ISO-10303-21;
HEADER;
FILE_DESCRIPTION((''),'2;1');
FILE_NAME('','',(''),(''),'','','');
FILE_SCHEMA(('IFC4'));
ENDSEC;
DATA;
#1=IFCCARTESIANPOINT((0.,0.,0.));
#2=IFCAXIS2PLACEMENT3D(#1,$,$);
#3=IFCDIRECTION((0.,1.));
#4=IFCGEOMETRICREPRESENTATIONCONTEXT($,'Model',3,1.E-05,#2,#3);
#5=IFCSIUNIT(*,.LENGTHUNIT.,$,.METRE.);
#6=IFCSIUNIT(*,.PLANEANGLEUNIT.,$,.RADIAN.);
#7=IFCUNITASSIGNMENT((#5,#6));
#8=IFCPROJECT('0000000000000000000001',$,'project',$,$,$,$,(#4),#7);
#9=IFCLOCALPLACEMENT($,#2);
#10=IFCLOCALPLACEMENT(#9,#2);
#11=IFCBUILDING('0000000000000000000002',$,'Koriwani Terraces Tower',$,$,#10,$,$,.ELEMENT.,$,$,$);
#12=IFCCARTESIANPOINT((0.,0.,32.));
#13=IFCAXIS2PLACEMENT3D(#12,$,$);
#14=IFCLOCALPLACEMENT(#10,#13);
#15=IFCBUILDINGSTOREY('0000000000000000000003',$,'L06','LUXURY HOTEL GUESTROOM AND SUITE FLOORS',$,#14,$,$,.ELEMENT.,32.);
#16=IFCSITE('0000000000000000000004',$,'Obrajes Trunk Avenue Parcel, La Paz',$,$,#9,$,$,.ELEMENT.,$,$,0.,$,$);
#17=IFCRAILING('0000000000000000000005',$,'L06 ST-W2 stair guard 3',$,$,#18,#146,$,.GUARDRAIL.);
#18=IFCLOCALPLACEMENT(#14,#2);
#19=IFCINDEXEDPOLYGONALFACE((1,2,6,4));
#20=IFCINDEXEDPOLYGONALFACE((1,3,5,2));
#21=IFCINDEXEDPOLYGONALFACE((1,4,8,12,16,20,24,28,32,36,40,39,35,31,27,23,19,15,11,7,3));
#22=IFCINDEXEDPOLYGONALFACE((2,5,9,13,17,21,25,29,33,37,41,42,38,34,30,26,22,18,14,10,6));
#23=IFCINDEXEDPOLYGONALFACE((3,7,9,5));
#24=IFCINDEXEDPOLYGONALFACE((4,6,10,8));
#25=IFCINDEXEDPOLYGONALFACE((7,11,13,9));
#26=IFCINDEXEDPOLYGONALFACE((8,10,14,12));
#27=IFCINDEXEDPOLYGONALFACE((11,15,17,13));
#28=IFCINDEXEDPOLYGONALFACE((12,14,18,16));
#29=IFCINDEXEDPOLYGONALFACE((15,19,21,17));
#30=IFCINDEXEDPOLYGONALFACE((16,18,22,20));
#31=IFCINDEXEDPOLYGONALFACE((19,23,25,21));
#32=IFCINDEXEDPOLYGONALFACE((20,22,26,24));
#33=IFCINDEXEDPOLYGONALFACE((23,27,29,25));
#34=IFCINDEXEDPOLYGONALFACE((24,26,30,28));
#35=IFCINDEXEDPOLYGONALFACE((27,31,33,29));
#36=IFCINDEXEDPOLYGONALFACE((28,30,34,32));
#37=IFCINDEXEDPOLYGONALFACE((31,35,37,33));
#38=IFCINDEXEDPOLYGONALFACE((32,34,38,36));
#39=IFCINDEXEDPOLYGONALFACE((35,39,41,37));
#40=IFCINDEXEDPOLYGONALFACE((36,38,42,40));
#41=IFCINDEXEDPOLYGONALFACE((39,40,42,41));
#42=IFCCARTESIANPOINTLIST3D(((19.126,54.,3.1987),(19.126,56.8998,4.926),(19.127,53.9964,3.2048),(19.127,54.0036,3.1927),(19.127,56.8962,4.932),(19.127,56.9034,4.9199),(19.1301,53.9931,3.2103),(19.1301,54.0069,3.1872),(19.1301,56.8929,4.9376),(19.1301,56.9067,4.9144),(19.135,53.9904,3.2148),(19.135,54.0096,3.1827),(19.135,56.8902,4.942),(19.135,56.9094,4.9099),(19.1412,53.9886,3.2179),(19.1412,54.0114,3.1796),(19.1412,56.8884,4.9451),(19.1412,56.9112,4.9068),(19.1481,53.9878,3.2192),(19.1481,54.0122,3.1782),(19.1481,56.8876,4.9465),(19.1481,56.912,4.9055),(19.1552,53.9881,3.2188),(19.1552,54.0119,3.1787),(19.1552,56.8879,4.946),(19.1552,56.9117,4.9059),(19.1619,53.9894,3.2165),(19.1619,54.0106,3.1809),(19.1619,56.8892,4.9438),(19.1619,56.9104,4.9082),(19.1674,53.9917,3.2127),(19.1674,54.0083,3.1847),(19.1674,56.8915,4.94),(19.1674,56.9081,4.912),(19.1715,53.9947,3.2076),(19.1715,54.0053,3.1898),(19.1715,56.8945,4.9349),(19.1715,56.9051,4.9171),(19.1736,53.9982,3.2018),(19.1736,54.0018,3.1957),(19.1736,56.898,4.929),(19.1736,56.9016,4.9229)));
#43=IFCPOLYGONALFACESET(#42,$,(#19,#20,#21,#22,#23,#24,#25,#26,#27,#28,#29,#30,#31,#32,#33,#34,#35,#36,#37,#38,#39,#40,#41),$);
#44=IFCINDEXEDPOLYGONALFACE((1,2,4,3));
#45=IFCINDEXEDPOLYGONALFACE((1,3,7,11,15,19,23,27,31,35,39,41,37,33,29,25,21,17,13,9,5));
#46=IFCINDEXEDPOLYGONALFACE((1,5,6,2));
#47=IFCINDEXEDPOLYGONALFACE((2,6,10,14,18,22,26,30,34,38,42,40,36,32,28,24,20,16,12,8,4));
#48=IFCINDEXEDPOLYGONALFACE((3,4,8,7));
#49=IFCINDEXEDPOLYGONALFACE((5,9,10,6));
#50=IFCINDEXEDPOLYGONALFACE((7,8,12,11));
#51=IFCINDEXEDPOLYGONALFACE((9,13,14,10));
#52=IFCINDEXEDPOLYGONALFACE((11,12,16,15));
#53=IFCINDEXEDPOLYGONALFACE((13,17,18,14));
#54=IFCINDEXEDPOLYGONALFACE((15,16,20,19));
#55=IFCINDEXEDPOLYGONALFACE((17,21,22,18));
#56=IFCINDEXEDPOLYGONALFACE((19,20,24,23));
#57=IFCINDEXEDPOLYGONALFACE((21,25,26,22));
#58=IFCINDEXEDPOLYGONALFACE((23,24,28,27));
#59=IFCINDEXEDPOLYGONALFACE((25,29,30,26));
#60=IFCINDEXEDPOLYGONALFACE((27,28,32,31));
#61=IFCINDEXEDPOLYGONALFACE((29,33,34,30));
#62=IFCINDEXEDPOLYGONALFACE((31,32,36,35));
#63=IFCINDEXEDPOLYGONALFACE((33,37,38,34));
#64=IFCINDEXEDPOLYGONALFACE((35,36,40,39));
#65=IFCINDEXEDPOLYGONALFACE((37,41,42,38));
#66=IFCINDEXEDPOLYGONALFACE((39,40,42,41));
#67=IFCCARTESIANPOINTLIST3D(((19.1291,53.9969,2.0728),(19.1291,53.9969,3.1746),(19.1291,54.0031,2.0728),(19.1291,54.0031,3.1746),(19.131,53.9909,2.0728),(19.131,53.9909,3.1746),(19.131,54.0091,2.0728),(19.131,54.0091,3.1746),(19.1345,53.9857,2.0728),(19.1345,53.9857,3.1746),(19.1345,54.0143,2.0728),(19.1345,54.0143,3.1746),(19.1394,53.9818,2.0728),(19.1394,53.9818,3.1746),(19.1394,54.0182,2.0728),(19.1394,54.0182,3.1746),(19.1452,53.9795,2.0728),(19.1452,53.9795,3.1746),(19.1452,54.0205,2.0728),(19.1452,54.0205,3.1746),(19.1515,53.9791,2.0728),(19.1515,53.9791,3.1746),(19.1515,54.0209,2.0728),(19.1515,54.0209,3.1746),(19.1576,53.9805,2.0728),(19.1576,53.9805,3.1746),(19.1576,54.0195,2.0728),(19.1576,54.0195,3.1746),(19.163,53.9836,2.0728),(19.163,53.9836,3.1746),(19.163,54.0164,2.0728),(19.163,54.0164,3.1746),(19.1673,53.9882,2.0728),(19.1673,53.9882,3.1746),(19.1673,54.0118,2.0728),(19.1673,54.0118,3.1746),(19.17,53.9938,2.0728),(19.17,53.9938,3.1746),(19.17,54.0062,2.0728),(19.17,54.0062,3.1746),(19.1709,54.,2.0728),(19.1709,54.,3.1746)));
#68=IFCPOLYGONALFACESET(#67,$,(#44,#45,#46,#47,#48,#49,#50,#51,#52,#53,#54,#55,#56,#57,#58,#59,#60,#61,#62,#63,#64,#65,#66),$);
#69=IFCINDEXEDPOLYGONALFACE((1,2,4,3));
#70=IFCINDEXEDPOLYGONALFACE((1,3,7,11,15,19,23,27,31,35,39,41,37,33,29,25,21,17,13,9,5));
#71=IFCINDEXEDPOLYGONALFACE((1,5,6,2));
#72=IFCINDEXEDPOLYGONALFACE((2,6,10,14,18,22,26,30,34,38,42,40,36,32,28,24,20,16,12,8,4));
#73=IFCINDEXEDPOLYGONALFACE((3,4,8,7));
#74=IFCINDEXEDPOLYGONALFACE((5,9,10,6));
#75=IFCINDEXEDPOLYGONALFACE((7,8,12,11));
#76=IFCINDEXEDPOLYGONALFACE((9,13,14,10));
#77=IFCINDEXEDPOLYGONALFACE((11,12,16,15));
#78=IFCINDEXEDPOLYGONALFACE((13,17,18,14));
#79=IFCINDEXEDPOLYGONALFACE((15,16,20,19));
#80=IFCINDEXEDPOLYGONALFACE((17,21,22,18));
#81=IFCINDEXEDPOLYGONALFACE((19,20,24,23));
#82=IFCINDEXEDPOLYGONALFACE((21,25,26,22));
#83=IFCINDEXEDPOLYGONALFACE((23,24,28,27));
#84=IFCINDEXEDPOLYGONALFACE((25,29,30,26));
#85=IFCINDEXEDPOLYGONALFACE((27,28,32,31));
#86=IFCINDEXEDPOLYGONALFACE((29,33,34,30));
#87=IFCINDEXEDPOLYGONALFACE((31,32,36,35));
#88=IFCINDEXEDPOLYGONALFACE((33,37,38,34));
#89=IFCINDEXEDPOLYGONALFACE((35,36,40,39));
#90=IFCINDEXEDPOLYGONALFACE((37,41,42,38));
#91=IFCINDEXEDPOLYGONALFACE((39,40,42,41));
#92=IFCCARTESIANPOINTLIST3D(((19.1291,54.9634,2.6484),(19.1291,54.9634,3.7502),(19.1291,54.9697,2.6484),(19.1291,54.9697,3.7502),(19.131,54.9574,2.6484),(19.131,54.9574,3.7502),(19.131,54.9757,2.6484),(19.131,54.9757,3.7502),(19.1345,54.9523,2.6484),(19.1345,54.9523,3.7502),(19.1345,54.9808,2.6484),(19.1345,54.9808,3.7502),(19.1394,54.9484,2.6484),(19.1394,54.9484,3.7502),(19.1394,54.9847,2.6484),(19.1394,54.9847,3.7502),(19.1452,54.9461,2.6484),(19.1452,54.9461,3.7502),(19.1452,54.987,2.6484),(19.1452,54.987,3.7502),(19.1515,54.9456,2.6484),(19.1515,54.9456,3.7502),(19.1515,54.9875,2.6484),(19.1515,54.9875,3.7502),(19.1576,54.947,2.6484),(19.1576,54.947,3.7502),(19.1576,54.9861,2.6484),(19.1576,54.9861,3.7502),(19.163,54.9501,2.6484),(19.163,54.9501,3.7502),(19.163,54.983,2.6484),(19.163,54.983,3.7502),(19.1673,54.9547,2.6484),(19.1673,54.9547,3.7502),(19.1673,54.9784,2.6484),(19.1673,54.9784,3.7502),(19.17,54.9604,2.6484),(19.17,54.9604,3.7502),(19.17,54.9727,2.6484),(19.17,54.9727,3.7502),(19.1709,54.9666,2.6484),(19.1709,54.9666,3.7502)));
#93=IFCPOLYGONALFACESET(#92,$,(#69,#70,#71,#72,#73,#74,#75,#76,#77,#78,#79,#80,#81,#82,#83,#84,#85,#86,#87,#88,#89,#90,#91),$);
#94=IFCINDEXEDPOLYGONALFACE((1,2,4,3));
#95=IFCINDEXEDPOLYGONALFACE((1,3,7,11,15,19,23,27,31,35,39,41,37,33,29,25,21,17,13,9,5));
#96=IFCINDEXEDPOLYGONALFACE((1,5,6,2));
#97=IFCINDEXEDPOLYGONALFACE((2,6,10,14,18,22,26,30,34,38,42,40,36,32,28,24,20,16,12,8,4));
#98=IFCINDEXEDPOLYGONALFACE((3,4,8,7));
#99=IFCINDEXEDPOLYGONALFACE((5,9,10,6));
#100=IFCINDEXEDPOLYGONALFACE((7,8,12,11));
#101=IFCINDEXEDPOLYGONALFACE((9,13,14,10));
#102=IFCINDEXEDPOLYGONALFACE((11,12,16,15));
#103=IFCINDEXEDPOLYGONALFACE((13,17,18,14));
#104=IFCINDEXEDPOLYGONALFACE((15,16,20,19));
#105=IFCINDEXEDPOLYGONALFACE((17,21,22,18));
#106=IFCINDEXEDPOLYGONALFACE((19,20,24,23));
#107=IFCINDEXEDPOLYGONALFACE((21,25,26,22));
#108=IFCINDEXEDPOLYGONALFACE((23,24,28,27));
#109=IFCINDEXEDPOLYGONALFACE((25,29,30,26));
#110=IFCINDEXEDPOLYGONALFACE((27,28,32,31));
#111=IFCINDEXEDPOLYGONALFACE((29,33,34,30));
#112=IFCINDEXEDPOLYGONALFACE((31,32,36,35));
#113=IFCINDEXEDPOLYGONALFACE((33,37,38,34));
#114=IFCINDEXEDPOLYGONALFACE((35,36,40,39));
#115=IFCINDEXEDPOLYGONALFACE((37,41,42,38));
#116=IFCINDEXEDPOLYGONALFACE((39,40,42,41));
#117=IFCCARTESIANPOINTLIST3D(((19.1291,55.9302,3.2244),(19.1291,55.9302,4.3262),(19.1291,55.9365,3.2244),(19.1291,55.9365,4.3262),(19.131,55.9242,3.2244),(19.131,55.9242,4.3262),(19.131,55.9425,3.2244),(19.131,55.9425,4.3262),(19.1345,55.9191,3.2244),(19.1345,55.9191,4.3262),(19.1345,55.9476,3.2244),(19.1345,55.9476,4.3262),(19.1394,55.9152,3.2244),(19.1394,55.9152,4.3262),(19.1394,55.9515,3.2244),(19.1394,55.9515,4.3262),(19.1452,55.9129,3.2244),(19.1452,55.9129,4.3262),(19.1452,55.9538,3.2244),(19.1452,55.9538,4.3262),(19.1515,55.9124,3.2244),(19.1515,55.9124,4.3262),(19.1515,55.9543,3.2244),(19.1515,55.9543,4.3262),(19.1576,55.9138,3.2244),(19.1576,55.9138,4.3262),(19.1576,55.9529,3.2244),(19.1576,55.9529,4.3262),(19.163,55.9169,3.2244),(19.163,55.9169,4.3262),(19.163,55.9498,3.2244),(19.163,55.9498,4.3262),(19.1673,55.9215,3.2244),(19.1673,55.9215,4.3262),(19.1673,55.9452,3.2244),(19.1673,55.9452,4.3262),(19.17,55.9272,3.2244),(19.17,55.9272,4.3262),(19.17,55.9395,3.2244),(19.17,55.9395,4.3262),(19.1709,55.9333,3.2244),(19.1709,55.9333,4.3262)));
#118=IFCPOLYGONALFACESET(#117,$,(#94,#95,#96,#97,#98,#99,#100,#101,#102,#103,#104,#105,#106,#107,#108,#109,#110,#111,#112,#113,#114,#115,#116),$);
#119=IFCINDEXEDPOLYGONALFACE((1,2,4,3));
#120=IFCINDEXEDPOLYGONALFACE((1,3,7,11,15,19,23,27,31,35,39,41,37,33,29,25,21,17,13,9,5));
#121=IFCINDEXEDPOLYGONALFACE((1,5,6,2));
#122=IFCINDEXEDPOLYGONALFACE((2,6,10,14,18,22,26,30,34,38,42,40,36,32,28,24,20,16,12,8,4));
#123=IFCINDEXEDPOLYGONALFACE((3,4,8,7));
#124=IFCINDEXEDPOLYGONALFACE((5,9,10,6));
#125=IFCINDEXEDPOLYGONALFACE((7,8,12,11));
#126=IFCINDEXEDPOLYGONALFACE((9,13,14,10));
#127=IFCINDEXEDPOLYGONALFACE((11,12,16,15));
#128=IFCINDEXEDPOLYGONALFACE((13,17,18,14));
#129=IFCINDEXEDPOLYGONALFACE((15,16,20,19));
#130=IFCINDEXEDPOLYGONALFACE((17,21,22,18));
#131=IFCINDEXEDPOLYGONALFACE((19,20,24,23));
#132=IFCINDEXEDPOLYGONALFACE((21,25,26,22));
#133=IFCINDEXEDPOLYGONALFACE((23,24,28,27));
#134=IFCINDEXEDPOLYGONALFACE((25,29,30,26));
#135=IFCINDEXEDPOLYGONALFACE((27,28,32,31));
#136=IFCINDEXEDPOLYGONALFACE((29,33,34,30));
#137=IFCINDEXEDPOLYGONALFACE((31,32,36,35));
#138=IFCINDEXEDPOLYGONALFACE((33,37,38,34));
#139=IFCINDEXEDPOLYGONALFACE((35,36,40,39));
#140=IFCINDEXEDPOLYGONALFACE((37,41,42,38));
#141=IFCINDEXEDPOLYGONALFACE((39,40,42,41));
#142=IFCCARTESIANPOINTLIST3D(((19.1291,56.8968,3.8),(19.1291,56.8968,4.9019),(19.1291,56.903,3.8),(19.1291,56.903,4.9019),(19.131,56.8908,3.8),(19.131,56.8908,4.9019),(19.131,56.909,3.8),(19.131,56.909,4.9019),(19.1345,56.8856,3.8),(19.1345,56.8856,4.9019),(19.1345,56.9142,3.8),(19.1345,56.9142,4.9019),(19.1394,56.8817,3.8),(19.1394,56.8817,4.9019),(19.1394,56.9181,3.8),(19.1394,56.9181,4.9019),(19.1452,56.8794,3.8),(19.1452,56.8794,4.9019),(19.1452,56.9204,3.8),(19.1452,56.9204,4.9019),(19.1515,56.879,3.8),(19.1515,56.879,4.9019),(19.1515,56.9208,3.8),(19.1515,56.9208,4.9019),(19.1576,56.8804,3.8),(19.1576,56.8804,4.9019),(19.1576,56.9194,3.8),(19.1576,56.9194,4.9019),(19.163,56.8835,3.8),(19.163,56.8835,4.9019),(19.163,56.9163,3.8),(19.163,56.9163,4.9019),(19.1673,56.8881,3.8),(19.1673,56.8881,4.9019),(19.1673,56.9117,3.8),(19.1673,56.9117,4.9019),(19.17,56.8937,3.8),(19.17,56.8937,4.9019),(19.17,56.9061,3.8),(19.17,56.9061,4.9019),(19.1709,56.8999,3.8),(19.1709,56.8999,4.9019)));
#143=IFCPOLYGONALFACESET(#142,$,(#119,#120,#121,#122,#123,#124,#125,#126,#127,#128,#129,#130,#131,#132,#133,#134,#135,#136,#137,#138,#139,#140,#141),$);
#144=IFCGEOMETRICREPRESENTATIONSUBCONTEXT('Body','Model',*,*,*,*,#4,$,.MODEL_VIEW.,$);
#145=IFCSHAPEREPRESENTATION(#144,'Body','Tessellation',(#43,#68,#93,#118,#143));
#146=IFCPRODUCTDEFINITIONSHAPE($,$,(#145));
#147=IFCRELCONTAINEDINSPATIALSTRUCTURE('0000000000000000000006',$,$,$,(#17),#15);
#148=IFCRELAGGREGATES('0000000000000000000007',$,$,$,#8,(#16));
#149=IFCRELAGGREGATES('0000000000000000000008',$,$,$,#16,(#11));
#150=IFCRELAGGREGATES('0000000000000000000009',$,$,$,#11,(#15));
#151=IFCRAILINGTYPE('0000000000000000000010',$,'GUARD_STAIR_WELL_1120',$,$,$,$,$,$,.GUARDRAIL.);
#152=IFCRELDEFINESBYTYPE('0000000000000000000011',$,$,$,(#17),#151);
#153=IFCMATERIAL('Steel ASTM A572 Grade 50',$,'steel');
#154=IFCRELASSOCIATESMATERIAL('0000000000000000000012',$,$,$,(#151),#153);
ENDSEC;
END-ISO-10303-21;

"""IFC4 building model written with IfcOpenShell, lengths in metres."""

from ifc_helpers import new_model, si_unit, direction, frame, origin, origin_2d, place, context, subcontext, project, spatial, circle, extrude, material, type_object, element, save


model = new_model("IFC4")

# Units and contexts
model_context = context("Model", 3, precision=1e-05, world=origin(), true_north=direction((0.0, 1.0)))
body_context = subcontext(model_context, "Body", "Model", "MODEL_VIEW")
ifc_project = project(units=[si_unit("LENGTHUNIT", "METRE"), si_unit("PLANEANGLEUNIT", "RADIAN")], contexts=[model_context])

# Site, building, storey
site_placement = place(None, origin())
site = spatial("IfcSite", under=ifc_project, at=site_placement, Name="Obrajes Trunk Avenue Parcel, La Paz", CompositionType="ELEMENT", RefElevation=0.0)
building_placement = place(site_placement, origin())
building = spatial("IfcBuilding", under=site, at=building_placement, Name="Koriwani Terraces Tower", CompositionType="ELEMENT")
storey_placement = place(building_placement, frame((0.0, 0.0, 32.0)))
storey = spatial("IfcBuildingStorey", under=building, at=storey_placement, Name="L06", Description="LUXURY HOTEL GUESTROOM AND SUITE FLOORS", CompositionType="ELEMENT", Elevation=32.0)

# Shared definitions
ifc_material_1 = material(Name="Steel ASTM A572 Grade 50", Category="steel")

# Railing
railing_type_1 = type_object("IfcRailingType", Name="GUARD_STAIR_WELL_1120", PredefinedType="GUARDRAIL", material=ifc_material_1)
railing_1_placement = place(storey_placement, frame((19.1499, 54.0, 2.0728)))
element("IfcRailing", 1, at=railing_1_placement, inside=storey, type_object=railing_type_1, Name="L06 ST-W2 stair guard 3", PredefinedType="GUARDRAIL", context=body_context, shape_type="SweptSolid", body=[
    extrude(circle(Radius=0.0239, at=origin_2d()), frame((0.0, 0.0, 1.126), z_axis=(0.0, 0.859141, 0.511738), x_axis=(-1.0, 0.0, 0.0)), (0.0, 0.0, 1.0), 3.3752),
    extrude(circle(Radius=0.021, at=origin_2d()), origin(), (0.0, 0.0, 1.0), 1.1018),
    extrude(circle(Radius=0.021, at=origin_2d()), frame((0.0, 0.9666, 0.5757)), (0.0, 0.0, 1.0), 1.1018),
    extrude(circle(Radius=0.021, at=origin_2d()), frame((0.0, 1.9333, 1.1516)), (0.0, 0.0, 1.0), 1.1018),
    extrude(circle(Radius=0.021, at=origin_2d()), frame((0.0, 2.8999, 1.7273)), (0.0, 0.0, 1.0), 1.1018),
])

save(model, "model.ifc")
